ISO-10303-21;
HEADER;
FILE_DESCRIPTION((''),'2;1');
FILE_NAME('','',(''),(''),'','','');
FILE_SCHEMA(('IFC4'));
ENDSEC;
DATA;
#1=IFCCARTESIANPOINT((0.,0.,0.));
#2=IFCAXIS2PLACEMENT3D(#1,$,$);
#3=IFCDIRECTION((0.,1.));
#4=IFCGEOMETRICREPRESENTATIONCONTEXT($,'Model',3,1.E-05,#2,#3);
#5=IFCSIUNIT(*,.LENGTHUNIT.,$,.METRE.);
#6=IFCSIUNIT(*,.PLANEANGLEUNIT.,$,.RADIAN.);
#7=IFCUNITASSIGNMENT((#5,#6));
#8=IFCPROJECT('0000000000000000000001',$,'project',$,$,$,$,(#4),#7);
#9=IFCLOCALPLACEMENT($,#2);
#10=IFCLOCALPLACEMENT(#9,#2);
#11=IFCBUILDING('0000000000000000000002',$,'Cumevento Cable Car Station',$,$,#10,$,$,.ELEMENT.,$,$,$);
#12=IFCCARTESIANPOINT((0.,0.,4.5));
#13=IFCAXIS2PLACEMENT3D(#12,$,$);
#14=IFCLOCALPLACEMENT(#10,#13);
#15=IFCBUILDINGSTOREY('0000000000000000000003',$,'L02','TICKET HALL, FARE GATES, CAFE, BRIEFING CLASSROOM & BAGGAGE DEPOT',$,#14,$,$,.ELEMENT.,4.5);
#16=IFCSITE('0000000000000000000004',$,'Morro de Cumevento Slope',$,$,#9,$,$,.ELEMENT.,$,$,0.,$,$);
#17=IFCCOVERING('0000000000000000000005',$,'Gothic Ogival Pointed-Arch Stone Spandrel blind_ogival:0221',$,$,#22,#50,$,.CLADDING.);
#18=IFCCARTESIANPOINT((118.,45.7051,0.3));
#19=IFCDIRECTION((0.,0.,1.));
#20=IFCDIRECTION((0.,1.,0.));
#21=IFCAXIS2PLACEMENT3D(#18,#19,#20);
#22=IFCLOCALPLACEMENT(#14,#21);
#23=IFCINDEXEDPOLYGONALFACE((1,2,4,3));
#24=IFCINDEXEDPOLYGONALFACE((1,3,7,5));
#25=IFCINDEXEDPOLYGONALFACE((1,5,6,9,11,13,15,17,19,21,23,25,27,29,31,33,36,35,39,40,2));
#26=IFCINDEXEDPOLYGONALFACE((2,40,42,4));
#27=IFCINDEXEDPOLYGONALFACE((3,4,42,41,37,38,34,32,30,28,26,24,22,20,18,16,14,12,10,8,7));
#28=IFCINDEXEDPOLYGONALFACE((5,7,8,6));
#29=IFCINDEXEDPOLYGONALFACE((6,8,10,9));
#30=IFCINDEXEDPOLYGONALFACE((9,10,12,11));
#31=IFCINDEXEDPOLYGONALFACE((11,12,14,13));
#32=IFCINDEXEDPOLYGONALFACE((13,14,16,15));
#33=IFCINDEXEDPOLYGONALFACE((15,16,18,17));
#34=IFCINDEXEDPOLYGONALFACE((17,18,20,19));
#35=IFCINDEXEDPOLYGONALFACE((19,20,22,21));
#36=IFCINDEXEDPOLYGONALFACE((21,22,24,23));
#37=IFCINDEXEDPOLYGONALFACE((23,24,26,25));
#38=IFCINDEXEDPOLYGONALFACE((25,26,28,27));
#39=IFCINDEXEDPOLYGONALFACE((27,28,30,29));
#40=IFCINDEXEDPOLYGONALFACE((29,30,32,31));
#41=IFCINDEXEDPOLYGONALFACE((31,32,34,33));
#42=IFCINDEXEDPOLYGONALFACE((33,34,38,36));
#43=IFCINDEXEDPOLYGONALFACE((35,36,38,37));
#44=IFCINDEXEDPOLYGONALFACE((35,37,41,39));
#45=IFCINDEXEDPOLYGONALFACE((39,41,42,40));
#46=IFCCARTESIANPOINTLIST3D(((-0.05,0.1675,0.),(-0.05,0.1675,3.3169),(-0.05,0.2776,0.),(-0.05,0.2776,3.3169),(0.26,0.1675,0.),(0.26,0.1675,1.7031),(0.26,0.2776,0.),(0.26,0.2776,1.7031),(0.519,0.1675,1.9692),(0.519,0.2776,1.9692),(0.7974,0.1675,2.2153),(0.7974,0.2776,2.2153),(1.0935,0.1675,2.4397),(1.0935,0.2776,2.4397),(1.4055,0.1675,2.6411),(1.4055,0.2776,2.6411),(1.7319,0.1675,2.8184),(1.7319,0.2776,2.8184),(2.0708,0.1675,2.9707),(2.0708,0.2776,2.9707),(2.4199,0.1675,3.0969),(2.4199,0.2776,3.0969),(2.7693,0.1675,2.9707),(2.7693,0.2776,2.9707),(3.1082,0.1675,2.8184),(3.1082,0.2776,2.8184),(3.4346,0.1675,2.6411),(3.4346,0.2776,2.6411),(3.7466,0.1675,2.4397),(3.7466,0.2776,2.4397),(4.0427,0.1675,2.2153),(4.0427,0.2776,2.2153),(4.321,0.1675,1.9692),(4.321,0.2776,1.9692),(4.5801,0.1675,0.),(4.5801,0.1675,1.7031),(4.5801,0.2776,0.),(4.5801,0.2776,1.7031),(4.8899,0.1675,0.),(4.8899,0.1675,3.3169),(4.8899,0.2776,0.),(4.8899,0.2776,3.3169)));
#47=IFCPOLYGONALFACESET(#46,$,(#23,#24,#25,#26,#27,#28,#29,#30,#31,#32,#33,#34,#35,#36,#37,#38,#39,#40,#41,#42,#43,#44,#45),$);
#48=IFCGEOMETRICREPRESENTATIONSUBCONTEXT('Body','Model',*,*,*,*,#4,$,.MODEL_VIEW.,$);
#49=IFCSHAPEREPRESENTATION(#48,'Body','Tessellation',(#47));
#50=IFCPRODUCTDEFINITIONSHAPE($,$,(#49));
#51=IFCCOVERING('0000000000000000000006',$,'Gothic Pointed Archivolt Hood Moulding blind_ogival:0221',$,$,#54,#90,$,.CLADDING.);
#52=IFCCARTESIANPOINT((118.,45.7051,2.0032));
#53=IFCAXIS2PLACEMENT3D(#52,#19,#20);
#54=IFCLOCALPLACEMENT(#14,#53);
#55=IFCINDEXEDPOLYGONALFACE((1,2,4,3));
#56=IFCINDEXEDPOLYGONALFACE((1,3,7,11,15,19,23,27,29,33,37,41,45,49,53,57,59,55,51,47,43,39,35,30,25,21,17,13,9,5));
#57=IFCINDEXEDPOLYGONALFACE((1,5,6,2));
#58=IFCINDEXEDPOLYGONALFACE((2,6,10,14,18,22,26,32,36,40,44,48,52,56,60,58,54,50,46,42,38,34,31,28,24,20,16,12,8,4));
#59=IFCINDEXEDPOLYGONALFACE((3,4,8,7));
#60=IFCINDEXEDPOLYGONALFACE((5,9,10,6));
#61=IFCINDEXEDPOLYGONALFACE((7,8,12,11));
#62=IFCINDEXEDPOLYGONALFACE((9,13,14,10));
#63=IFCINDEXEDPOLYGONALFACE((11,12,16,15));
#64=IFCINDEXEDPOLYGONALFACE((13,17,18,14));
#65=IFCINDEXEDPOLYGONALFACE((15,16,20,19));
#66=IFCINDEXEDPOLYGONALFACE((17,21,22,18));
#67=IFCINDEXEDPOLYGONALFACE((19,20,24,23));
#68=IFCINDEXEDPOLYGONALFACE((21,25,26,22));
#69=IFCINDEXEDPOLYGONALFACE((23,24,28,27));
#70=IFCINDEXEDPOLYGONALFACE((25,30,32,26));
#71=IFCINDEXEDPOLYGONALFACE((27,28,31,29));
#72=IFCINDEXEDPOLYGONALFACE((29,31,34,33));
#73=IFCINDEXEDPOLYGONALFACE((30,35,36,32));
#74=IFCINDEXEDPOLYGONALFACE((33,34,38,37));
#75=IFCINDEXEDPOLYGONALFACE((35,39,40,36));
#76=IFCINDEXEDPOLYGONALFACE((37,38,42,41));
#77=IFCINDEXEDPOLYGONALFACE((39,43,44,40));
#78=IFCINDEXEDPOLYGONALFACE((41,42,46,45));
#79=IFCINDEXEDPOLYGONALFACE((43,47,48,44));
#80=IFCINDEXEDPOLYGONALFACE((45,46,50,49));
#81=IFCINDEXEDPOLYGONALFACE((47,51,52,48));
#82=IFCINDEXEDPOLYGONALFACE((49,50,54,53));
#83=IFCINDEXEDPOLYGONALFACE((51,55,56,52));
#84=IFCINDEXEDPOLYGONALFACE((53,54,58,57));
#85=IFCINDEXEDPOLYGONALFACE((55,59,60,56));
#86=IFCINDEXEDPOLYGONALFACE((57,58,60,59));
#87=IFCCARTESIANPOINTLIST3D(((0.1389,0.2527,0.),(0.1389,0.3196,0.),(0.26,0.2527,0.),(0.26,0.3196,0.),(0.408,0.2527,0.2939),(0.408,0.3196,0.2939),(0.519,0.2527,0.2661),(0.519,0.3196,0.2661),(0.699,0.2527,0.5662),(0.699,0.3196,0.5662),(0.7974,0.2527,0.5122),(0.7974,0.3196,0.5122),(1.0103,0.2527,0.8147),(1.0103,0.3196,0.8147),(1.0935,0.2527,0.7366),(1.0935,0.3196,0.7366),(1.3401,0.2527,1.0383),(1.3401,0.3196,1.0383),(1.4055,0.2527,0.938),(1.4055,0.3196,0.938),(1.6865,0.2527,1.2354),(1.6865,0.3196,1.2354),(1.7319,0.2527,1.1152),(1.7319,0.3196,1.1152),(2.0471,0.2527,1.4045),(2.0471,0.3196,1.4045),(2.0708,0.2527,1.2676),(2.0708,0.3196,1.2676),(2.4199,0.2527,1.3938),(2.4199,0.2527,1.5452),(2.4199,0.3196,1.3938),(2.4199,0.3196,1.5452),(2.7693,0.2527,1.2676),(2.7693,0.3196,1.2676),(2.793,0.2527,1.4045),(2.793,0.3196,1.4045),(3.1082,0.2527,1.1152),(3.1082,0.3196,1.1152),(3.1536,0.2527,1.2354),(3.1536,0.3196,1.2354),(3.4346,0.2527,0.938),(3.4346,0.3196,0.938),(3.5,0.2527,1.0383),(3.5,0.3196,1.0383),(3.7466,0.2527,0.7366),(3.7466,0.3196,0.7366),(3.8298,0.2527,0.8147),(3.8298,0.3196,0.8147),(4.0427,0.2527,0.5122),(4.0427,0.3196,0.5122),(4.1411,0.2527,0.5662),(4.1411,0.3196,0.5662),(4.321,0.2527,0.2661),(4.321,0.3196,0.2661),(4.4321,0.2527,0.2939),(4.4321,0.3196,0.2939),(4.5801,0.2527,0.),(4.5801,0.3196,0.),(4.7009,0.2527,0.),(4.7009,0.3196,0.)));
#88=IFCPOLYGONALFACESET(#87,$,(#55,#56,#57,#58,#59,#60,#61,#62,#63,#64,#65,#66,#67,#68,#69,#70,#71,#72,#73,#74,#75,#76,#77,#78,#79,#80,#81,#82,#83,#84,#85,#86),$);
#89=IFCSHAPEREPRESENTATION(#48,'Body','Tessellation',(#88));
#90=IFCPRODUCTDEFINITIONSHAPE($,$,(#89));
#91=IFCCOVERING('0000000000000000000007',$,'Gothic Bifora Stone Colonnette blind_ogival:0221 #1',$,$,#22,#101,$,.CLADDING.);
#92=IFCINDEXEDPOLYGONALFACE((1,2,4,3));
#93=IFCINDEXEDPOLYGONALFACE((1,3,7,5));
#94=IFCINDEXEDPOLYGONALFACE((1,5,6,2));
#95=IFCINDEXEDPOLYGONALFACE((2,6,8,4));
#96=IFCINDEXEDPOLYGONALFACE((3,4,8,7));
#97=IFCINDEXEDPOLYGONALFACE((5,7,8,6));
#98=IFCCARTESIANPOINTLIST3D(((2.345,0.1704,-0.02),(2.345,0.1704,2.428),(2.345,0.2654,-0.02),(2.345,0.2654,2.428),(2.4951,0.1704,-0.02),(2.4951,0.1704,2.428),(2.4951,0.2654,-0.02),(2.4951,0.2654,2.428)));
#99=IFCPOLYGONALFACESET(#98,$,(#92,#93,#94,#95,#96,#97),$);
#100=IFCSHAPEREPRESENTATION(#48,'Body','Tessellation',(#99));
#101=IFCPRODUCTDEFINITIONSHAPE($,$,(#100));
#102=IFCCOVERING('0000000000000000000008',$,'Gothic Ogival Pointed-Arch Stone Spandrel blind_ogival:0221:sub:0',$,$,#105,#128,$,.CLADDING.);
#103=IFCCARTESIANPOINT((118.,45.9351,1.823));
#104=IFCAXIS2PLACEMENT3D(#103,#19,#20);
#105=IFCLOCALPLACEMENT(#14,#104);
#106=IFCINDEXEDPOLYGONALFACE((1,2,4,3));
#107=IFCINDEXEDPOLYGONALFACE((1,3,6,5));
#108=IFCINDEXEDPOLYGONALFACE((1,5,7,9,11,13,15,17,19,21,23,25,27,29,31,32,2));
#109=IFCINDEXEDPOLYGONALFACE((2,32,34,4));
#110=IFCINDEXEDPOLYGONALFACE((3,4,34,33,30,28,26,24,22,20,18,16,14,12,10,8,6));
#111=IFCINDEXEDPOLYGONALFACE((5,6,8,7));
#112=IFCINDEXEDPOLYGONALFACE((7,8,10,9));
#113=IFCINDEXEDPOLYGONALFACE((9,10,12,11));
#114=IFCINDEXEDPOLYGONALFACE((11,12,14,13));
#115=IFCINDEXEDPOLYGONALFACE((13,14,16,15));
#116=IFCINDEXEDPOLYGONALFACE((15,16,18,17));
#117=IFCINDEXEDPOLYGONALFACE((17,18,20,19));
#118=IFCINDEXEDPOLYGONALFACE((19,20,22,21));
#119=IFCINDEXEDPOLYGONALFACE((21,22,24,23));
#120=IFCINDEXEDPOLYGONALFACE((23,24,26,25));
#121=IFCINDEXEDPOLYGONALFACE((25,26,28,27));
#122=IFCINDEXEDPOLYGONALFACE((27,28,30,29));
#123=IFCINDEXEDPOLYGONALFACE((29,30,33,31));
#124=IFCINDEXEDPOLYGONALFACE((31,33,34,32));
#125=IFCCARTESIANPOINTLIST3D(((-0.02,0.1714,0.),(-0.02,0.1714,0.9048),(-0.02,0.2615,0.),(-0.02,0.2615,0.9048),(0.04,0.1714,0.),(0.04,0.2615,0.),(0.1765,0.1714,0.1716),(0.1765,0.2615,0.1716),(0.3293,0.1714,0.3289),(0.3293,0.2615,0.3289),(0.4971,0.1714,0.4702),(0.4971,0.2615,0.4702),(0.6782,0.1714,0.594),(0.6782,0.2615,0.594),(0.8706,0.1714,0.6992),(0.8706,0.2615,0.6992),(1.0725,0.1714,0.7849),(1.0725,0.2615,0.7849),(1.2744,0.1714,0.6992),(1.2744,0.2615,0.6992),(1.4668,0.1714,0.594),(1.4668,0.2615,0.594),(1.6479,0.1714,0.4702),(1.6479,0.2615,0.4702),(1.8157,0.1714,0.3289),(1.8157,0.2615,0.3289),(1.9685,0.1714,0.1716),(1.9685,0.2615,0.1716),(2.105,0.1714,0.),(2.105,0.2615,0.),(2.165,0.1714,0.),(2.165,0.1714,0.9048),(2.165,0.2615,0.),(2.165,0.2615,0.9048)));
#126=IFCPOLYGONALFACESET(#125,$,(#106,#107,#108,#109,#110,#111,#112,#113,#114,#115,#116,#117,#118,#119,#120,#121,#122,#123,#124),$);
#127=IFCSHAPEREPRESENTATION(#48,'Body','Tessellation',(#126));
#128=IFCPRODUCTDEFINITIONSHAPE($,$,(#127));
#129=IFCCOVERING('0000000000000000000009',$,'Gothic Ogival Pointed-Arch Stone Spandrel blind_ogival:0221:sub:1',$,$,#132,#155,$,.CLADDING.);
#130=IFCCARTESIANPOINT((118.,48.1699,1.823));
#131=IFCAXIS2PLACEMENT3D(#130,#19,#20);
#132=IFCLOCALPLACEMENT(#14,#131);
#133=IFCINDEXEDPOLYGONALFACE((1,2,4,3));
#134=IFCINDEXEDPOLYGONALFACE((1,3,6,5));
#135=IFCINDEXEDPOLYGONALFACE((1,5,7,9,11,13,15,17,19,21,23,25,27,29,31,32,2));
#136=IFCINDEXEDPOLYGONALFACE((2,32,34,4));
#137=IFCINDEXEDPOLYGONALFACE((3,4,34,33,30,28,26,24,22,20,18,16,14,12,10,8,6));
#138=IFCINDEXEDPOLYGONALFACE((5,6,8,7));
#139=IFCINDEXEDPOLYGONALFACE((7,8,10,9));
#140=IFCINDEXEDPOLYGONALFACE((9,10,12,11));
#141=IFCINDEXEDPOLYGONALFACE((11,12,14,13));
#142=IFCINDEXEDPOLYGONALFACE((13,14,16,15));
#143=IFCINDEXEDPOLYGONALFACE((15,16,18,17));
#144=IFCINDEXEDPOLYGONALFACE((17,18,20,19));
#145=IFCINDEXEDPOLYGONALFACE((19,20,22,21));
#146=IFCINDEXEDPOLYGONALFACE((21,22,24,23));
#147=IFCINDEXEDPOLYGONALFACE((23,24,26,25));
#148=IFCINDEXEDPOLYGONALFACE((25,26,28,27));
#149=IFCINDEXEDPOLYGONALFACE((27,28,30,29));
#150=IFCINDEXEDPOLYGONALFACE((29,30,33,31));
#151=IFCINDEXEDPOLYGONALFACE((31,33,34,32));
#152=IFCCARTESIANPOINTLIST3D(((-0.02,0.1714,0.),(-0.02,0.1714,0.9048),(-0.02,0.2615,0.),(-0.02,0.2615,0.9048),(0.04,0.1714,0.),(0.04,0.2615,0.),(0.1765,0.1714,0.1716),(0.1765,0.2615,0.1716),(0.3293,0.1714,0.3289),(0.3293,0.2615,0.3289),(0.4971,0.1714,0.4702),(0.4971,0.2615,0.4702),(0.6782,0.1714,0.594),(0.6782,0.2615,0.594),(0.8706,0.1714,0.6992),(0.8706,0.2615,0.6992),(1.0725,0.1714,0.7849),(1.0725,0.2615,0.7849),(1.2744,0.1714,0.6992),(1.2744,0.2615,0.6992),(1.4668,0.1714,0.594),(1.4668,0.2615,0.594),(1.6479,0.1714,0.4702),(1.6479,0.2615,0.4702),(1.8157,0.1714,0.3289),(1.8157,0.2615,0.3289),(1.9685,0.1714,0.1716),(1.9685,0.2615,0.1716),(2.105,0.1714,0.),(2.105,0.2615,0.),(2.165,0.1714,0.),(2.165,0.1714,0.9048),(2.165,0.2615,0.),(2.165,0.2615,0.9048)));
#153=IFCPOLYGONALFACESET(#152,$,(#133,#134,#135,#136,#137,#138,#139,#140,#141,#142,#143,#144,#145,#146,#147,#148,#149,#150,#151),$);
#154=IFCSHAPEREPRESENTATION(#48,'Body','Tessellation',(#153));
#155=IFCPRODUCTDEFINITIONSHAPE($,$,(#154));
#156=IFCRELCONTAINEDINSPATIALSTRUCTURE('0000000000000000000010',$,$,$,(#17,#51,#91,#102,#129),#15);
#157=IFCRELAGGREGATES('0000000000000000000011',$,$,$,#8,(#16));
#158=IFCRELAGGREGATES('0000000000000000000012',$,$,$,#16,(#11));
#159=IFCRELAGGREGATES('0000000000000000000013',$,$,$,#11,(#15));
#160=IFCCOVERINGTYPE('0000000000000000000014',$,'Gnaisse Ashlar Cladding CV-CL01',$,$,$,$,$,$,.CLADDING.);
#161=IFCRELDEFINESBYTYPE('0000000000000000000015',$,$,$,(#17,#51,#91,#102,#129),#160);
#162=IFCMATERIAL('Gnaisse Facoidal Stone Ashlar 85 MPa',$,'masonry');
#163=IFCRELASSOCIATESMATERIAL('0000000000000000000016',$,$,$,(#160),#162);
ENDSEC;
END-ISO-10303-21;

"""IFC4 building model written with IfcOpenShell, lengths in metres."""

from ifc_helpers import new_model, si_unit, direction, frame, origin, place, context, subcontext, project, spatial, polyline, outline, extrude, material, type_object, element, save


model = new_model("IFC4")

# Units and contexts
model_context = context("Model", 3, precision=1e-05, world=origin(), true_north=direction((0.0, 1.0)))
body_context = subcontext(model_context, "Body", "Model", "MODEL_VIEW")
ifc_project = project(units=[si_unit("LENGTHUNIT", "METRE"), si_unit("PLANEANGLEUNIT", "RADIAN")], contexts=[model_context])

# Site, building, storey
site_placement = place(None, origin())
site = spatial("IfcSite", under=ifc_project, at=site_placement, Name="Morro de Cumevento Slope", CompositionType="ELEMENT", RefElevation=0.0)
building_placement = place(site_placement, origin())
building = spatial("IfcBuilding", under=site, at=building_placement, Name="Cumevento Cable Car Station", CompositionType="ELEMENT")
storey_placement = place(building_placement, frame((0.0, 0.0, 4.5)))
storey = spatial("IfcBuildingStorey", under=building, at=storey_placement, Name="L02", Description="TICKET HALL, FARE GATES, CAFE, BRIEFING CLASSROOM & BAGGAGE DEPOT", CompositionType="ELEMENT", Elevation=4.5)

# Coverings
ifc_material_1 = material(Name="Gnaisse Facoidal Stone Ashlar 85 MPa", Category="masonry")
covering_type = type_object("IfcCoveringType", Name="Gnaisse Ashlar Cladding CV-CL01", PredefinedType="CLADDING", material=ifc_material_1)
placement_1 = place(storey_placement, frame((118.0, 45.7051, 0.3), z_axis=(0.0, 0.0, 1.0), x_axis=(0.0, 1.0, 0.0)))
element("IfcCovering", 1, at=placement_1, inside=storey, type_object=covering_type, Name="Gothic Ogival Pointed-Arch Stone Spandrel blind_ogival:0221", PredefinedType="CLADDING", context=body_context, shape_type="SweptSolid", body=[
    extrude(outline(polyline([(-0.05, 0.0), (-0.05, 3.3169), (4.8899, 3.3169), (4.8899, 0.0), (4.5801, 0.0), (4.5801, 1.7031), (4.321, 1.9692), (4.0427, 2.2153), (3.7466, 2.4397), (3.4346, 2.6411), (3.1082, 2.8184), (2.7693, 2.9707), (2.4199, 3.0969), (2.0708, 2.9707), (1.7319, 2.8184), (1.4055, 2.6411), (1.0935, 2.4397), (0.7974, 2.2153), (0.519, 1.9692), (0.26, 1.7031), (0.26, 0.0), (-0.05, 0.0)])), frame((0.0, 0.2776, 0.0), z_axis=(0.0, -1.0, 0.0), x_axis=(1.0, 0.0, 0.0)), (0.0, 0.0, 1.0), 0.1101),
])
covering_1_placement = place(storey_placement, frame((118.0, 45.7051, 2.0032), z_axis=(0.0, 0.0, 1.0), x_axis=(0.0, 1.0, 0.0)))
element("IfcCovering", 2, at=covering_1_placement, inside=storey, type_object=covering_type, Name="Gothic Pointed Archivolt Hood Moulding blind_ogival:0221", PredefinedType="CLADDING", context=body_context, shape_type="SweptSolid", body=[
    extrude(outline(polyline([(0.26, 0.0), (0.519, 0.2661), (0.7974, 0.5122), (1.0935, 0.7366), (1.4055, 0.938), (1.7319, 1.1152), (2.0708, 1.2676), (2.4199, 1.3938), (2.7693, 1.2676), (3.1082, 1.1152), (3.4346, 0.938), (3.7466, 0.7366), (4.0427, 0.5122), (4.321, 0.2661), (4.5801, 0.0), (4.7009, 0.0), (4.4321, 0.2939), (4.1411, 0.5662), (3.8298, 0.8147), (3.5, 1.0383), (3.1536, 1.2354), (2.793, 1.4045), (2.4199, 1.5452), (2.0471, 1.4045), (1.6865, 1.2354), (1.3401, 1.0383), (1.0103, 0.8147), (0.699, 0.5662), (0.408, 0.2939), (0.1389, 0.0), (0.26, 0.0)])), frame((0.0, 0.3196, 0.0), z_axis=(0.0, -1.0, 0.0), x_axis=(1.0, 0.0, 0.0)), (0.0, 0.0, 1.0), 0.0669),
])
element("IfcCovering", 3, at=placement_1, inside=storey, type_object=covering_type, Name="Gothic Bifora Stone Colonnette blind_ogival:0221 #1", PredefinedType="CLADDING", context=body_context, shape_type="SweptSolid", body=[
    extrude(outline(polyline([(2.345, -0.02), (2.4951, -0.02), (2.4951, 2.428), (2.345, 2.428), (2.345, -0.02)])), frame((0.0, 0.2654, 0.0), z_axis=(0.0, -1.0, 0.0), x_axis=(1.0, 0.0, 0.0)), (0.0, 0.0, 1.0), 0.095),
])
for number, where, z_axis, x_axis, name in (
    (4, (118.0, 45.9351, 1.823), (0.0, 0.0, 1.0), (0.0, 1.0, 0.0), "Gothic Ogival Pointed-Arch Stone Spandrel blind_ogival:0221:sub:0"),
    (5, (118.0, 48.1699, 1.823), (0.0, 0.0, 1.0), (0.0, 1.0, 0.0), "Gothic Ogival Pointed-Arch Stone Spandrel blind_ogival:0221:sub:1"),
):
    element("IfcCovering", number, at=place(storey_placement, frame(where, z_axis=z_axis, x_axis=x_axis)), inside=storey, type_object=covering_type, Name=name, PredefinedType="CLADDING", context=body_context, shape_type="SweptSolid", body=[
        extrude(outline(polyline([(-0.02, 0.0), (-0.02, 0.9048), (2.165, 0.9048), (2.165, 0.0), (2.105, 0.0), (1.9685, 0.1716), (1.8157, 0.3289), (1.6479, 0.4702), (1.4668, 0.594), (1.2744, 0.6992), (1.0725, 0.7849), (0.8706, 0.6992), (0.6782, 0.594), (0.4971, 0.4702), (0.3293, 0.3289), (0.1765, 0.1716), (0.04, 0.0), (-0.02, 0.0)])), frame((0.0, 0.2615, 0.0), z_axis=(0.0, -1.0, 0.0), x_axis=(1.0, 0.0, 0.0)), (0.0, 0.0, 1.0), 0.0901),
    ])

save(model, "model.ifc")
